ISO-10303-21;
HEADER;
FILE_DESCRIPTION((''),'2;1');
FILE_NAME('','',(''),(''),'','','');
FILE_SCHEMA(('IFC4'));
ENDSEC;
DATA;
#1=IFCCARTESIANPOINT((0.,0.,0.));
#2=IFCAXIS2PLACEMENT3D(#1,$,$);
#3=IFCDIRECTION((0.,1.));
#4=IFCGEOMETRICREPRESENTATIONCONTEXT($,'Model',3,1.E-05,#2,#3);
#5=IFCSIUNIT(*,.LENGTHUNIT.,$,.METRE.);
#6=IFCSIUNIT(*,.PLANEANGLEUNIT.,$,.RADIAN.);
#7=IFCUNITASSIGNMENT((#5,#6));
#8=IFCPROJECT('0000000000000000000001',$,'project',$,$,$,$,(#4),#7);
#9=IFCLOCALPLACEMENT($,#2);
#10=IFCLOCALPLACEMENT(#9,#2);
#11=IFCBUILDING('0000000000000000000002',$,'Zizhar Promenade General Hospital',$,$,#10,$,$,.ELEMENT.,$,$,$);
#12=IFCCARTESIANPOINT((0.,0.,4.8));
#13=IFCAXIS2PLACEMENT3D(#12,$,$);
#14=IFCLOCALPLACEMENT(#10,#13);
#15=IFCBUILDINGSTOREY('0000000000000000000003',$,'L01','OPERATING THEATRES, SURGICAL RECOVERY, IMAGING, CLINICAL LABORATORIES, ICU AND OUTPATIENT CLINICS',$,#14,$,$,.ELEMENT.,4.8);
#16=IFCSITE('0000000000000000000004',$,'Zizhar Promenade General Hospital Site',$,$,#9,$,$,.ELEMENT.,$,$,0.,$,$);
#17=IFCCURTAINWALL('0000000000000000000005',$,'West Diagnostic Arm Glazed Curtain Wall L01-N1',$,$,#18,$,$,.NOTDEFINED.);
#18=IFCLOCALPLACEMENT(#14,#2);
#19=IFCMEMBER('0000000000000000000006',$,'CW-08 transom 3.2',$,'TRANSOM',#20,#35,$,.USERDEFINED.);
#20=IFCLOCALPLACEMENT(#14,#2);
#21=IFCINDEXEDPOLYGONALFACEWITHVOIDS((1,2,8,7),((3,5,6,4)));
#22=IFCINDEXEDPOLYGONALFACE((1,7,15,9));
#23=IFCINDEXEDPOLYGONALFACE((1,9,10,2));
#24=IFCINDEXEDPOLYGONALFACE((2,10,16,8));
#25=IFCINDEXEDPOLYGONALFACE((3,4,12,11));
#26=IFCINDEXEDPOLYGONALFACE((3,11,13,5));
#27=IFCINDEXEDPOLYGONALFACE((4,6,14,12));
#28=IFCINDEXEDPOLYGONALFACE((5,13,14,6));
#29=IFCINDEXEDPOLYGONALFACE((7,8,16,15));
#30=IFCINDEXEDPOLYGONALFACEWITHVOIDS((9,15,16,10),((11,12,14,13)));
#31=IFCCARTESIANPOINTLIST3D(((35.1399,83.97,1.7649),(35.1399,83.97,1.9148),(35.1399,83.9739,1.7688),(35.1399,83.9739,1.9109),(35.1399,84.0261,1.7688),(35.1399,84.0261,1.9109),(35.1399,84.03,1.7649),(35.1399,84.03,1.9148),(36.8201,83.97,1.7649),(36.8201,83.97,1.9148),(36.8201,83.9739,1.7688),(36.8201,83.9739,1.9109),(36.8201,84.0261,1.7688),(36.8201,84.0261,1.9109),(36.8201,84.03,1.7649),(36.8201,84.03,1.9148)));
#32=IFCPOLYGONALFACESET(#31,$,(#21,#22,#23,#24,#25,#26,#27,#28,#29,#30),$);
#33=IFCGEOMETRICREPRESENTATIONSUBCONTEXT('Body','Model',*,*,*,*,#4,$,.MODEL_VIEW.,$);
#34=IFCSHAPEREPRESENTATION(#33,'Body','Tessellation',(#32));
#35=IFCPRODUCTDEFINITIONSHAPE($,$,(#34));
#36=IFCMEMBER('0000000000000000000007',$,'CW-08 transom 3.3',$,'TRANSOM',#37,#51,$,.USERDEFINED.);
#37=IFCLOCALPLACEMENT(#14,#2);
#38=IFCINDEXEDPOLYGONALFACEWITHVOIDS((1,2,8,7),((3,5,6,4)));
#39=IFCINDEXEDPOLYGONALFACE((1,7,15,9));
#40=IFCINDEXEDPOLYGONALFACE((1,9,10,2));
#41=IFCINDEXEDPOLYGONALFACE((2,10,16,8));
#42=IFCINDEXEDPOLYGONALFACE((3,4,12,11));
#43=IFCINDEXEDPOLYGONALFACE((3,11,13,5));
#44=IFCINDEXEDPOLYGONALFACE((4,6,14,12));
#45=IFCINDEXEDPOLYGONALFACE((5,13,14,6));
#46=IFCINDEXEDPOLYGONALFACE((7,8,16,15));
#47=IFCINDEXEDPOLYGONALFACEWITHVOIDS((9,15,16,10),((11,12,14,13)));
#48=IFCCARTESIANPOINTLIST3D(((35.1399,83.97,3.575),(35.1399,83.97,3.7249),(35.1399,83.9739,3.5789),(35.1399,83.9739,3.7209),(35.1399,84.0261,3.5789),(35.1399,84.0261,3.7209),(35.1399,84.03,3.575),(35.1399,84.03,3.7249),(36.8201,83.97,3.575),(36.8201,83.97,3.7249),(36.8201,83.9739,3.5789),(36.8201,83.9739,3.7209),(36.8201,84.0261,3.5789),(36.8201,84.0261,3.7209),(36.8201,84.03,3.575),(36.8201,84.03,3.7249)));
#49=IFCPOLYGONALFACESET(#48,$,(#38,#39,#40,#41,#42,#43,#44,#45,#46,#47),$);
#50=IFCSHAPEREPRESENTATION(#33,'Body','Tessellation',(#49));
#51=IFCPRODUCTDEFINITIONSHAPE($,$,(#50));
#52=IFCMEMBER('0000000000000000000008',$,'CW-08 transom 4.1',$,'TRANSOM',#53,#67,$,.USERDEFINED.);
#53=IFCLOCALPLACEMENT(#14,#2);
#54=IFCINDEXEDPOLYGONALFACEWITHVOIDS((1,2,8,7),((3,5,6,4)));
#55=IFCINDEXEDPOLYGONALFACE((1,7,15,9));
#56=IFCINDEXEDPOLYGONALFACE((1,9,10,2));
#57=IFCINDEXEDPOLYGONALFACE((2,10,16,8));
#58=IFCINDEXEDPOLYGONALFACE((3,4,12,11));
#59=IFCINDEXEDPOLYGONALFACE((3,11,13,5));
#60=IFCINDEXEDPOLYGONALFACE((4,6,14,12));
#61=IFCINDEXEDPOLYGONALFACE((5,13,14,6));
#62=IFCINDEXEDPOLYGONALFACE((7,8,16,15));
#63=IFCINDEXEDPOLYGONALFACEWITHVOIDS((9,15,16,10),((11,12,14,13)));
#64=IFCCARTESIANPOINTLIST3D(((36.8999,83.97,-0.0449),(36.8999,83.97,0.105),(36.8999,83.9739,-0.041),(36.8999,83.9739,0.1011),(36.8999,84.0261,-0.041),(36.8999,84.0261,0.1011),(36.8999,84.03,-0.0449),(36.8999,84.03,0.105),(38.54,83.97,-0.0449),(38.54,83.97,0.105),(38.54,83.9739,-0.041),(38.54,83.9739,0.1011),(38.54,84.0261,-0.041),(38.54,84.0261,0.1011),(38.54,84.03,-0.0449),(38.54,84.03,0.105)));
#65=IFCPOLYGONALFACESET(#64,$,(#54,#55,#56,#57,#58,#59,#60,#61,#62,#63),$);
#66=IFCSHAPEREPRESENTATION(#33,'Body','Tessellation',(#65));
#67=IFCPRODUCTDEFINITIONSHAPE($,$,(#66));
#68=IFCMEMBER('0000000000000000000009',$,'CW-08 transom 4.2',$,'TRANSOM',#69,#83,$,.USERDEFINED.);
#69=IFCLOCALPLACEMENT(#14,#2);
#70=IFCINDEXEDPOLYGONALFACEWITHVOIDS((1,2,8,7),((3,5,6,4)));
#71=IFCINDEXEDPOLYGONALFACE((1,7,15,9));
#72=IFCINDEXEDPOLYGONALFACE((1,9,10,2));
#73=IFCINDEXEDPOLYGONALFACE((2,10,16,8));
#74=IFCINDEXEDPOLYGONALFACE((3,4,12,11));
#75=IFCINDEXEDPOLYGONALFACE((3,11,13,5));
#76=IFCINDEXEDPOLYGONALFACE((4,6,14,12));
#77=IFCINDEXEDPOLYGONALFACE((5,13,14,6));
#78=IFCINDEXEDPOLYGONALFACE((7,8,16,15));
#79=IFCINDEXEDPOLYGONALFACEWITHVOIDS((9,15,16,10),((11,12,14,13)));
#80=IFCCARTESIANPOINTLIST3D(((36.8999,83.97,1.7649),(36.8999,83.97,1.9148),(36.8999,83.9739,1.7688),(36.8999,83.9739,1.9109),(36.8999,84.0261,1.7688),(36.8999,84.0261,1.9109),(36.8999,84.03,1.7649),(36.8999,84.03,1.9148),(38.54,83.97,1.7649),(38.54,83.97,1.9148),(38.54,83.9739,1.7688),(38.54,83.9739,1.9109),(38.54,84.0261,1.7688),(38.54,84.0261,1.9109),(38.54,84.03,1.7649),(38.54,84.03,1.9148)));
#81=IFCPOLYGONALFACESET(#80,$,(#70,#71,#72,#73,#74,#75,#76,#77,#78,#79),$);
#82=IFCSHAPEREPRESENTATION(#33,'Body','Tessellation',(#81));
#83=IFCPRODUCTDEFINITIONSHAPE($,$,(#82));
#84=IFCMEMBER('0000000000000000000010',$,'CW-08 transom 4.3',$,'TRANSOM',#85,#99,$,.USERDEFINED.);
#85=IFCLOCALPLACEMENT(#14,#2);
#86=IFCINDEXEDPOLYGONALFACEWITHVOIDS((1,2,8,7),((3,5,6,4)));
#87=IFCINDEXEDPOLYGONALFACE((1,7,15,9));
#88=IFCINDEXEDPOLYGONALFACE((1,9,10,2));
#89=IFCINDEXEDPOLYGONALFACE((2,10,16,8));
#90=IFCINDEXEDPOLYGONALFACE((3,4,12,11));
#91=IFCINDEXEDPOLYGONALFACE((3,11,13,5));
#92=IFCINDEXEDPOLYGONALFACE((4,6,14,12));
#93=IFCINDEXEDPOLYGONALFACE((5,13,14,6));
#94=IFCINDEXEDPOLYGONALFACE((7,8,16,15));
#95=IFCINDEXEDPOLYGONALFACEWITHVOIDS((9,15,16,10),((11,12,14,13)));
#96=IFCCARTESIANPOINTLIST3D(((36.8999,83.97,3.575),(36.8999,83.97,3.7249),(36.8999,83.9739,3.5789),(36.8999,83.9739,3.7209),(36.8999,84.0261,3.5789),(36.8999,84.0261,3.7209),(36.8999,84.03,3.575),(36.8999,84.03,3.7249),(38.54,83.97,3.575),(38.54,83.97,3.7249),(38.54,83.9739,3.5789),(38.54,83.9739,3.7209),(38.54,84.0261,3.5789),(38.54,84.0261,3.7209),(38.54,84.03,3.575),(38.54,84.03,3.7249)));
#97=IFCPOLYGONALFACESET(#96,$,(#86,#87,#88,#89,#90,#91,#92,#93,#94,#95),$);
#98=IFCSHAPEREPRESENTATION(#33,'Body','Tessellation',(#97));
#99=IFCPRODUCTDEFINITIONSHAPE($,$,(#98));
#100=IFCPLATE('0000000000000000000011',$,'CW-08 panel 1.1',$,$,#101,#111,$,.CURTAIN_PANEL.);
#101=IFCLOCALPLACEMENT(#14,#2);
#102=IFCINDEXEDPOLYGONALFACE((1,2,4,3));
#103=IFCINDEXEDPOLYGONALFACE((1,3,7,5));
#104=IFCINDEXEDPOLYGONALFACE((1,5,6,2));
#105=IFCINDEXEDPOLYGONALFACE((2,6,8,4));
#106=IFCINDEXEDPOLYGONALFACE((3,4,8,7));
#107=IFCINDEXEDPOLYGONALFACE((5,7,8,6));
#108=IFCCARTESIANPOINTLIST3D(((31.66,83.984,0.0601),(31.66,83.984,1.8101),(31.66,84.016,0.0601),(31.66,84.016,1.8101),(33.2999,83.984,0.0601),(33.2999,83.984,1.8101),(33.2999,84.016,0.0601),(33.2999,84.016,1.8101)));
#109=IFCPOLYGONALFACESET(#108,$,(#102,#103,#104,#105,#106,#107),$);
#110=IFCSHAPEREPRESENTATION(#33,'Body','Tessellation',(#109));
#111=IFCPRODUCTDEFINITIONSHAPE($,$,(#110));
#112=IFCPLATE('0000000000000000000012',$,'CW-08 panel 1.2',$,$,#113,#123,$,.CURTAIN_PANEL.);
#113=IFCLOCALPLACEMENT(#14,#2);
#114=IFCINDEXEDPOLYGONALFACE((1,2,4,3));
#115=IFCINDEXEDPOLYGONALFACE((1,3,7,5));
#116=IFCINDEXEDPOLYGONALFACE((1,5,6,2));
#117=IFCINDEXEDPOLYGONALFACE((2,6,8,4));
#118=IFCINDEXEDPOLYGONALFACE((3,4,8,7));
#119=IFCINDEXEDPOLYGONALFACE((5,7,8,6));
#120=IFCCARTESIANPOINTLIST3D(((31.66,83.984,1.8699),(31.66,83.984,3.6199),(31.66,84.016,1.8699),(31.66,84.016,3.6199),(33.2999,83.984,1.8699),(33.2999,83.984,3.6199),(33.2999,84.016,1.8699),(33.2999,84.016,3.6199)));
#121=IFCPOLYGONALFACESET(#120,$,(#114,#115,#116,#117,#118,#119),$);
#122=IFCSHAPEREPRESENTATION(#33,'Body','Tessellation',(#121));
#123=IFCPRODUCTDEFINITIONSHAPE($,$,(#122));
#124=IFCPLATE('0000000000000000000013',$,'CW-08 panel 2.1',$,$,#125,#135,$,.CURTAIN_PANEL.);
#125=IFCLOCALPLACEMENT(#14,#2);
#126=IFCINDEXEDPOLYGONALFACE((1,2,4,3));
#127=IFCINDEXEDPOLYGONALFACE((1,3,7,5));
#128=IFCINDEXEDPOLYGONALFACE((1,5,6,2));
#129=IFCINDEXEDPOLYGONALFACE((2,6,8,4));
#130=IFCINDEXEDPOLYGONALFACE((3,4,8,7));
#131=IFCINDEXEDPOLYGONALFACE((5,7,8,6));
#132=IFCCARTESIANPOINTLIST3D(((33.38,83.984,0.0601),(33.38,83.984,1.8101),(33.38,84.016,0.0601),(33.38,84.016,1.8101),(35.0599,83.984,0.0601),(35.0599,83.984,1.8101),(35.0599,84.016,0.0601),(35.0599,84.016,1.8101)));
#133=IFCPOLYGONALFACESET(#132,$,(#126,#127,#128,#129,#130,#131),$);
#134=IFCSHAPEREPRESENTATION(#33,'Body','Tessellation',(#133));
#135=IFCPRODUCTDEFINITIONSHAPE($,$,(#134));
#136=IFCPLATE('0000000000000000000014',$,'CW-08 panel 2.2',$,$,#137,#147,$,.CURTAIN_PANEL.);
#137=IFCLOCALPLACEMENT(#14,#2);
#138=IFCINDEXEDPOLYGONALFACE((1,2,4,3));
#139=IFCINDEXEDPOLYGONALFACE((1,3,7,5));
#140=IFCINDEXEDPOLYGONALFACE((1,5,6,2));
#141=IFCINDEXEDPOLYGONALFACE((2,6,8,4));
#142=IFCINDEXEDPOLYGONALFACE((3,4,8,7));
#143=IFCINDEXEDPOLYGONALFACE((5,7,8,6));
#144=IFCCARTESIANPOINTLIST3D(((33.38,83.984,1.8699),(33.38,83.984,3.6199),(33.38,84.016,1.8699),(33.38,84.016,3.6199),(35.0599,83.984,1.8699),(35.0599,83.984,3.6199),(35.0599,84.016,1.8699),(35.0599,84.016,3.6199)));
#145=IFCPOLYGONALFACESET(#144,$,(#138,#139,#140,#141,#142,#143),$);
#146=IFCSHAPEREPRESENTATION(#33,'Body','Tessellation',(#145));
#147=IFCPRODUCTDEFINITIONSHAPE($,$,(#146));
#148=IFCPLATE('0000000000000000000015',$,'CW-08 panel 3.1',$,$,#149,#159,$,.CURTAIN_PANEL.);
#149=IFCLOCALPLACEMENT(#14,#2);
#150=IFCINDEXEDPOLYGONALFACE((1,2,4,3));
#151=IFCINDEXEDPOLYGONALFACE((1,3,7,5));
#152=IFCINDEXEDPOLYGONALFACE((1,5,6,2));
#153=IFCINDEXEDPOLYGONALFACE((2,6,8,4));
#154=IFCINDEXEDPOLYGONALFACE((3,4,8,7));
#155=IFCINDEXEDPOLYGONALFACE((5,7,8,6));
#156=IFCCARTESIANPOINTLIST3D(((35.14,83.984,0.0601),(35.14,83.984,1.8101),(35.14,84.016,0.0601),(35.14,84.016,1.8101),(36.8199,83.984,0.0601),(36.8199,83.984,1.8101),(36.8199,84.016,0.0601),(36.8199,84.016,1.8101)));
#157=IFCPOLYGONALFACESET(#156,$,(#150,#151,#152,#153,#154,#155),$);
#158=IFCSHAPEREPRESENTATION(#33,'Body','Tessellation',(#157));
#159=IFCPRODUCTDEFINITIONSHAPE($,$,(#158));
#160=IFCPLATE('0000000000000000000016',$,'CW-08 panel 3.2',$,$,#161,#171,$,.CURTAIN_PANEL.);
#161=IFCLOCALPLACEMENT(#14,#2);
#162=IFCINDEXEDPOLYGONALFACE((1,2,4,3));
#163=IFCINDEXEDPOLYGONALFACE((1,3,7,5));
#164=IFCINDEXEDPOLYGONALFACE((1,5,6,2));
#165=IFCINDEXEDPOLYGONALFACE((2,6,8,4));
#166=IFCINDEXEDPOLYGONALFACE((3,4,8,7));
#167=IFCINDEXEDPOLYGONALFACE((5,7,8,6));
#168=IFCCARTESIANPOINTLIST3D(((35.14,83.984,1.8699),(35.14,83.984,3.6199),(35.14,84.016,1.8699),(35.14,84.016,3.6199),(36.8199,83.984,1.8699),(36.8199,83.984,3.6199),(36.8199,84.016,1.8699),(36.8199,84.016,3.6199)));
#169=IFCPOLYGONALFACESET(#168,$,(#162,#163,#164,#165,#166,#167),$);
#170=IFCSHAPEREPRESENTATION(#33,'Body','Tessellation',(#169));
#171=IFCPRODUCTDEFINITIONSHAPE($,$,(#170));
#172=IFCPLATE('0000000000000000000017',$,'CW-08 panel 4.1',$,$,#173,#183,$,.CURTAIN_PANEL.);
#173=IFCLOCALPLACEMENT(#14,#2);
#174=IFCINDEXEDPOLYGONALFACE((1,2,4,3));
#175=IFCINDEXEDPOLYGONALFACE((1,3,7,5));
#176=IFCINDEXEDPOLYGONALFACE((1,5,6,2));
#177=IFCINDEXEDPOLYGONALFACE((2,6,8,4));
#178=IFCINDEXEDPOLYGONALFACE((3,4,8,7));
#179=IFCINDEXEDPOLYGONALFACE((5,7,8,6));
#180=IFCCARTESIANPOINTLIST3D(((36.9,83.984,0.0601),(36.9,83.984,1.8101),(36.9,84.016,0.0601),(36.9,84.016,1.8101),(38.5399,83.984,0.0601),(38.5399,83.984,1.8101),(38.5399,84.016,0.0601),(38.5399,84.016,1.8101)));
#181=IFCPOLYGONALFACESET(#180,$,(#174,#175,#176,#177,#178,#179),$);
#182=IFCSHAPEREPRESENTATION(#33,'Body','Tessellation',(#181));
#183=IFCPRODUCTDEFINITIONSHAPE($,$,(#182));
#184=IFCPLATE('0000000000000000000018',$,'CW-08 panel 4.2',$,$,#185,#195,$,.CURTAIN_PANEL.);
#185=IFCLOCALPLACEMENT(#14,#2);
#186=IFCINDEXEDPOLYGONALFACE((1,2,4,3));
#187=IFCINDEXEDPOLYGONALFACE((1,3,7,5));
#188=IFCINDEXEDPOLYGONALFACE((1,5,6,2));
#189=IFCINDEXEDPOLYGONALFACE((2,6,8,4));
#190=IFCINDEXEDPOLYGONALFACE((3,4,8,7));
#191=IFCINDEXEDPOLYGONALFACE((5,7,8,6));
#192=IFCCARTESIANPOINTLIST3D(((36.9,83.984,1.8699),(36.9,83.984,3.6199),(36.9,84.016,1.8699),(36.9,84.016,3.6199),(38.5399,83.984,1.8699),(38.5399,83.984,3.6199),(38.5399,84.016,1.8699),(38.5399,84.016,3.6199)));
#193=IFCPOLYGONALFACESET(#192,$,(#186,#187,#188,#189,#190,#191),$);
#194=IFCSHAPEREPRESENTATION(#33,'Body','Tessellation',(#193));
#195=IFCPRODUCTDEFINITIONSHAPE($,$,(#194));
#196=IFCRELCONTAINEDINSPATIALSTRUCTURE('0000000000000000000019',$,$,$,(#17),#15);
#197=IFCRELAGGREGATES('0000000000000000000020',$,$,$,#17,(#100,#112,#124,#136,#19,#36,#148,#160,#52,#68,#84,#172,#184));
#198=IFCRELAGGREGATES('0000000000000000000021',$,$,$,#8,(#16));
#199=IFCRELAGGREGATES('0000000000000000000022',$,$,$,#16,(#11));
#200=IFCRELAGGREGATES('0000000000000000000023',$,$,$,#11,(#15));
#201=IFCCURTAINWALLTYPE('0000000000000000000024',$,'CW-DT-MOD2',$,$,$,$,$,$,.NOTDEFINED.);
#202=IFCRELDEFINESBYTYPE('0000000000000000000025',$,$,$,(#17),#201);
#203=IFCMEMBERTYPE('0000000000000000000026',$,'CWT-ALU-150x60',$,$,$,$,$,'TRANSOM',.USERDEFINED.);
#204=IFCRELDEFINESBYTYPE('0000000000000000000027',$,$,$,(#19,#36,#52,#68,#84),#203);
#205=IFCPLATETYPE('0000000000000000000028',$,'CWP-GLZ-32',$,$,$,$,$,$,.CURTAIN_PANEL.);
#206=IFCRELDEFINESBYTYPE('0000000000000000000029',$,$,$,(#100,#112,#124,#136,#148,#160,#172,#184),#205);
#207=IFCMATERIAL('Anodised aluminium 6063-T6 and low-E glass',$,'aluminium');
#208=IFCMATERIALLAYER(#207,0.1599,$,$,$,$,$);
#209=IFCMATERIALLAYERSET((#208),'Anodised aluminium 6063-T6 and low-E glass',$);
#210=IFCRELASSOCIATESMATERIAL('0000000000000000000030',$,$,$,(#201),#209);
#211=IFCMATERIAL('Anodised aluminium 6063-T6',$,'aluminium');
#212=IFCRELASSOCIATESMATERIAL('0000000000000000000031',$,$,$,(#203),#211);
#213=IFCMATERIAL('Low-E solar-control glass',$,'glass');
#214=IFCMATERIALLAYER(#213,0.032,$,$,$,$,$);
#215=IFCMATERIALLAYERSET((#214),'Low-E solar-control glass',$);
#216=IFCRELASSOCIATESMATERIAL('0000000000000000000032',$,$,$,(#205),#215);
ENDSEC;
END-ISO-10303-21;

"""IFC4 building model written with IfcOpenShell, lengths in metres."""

from ifc_helpers import new_model, si_unit, direction, frame, origin, origin_2d, place, context, subcontext, project, spatial, rectangle, hollow_rectangle, extrude, material, layer, layer_set, material_profile, profile_set, type_object, element, aggregate, save


model = new_model("IFC4")

# Units and contexts
model_context = context("Model", 3, precision=1e-05, world=origin(), true_north=direction((0.0, 1.0)))
body_context = subcontext(model_context, "Body", "Model", "MODEL_VIEW")
ifc_project = project(units=[si_unit("LENGTHUNIT", "METRE"), si_unit("PLANEANGLEUNIT", "RADIAN")], contexts=[model_context])

# Site, building, storey
site_placement = place(None, origin())
site = spatial("IfcSite", under=ifc_project, at=site_placement, Name="Zizhar Promenade General Hospital Site", CompositionType="ELEMENT", RefElevation=0.0)
building_placement = place(site_placement, origin())
building = spatial("IfcBuilding", under=site, at=building_placement, Name="Zizhar Promenade General Hospital", CompositionType="ELEMENT")
storey_placement = place(building_placement, frame((0.0, 0.0, 4.8)))
storey = spatial("IfcBuildingStorey", under=building, at=storey_placement, Name="L01", Description="OPERATING THEATRES, SURGICAL RECOVERY, IMAGING, CLINICAL LABORATORIES, ICU AND OUTPATIENT CLINICS", CompositionType="ELEMENT", Elevation=4.8)

# Curtain wall, members, plates
ifc_material_1 = material(Name="Anodised aluminium 6063-T6 and low-E glass", Category="aluminium")
ifc_layer_1 = layer(ifc_material_1, 0.1599)
ifc_layer_set_1 = layer_set([ifc_layer_1], Name="Anodised aluminium 6063-T6 and low-E glass")
curtain_wall_type = type_object("IfcCurtainWallType", Name="CW-DT-MOD2", PredefinedType="NOTDEFINED", material=ifc_layer_set_1)
curtain_wall_placement = place(storey_placement, origin())
curtain_wall = element("IfcCurtainWall", 1, at=curtain_wall_placement, inside=storey, type_object=curtain_wall_type, Name="West Diagnostic Arm Glazed Curtain Wall L01-N1", PredefinedType="NOTDEFINED")
ifc_material_2 = material(Name="Anodised aluminium 6063-T6", Category="aluminium")
ifc_material_profile_1 = material_profile(ifc_material_2, hollow_rectangle(XDim=0.0601, YDim=0.1499, WallThickness=0.0039, at=origin_2d()))
ifc_profile_set_1 = profile_set([ifc_material_profile_1], Name="Anodised aluminium 6063-T6")
member_type_1 = type_object("IfcMemberType", Name="CWT-ALU-150x60", ElementType="TRANSOM", PredefinedType="USERDEFINED", material=ifc_profile_set_1)
member_1_placement = place(storey_placement, frame((35.1399, 84.0, 1.8398), z_axis=(1.0, 0.0, 0.0), x_axis=(0.0, 1.0, 0.0)))
member_1 = element("IfcMember", 2, at=member_1_placement, type_object=member_type_1, Name="CW-08 transom 3.2", ObjectType="TRANSOM", PredefinedType="USERDEFINED", context=body_context, shape_type="SweptSolid", body=[
    extrude(hollow_rectangle(XDim=0.0601, YDim=0.1499, WallThickness=0.0039, at=origin_2d()), origin(), (0.0, 0.0, 1.0), 1.6802),
])
member_2_placement = place(storey_placement, frame((35.1399, 84.0, 3.6499), z_axis=(1.0, 0.0, 0.0), x_axis=(0.0, 1.0, 0.0)))
member_2 = element("IfcMember", 3, at=member_2_placement, type_object=member_type_1, Name="CW-08 transom 3.3", ObjectType="TRANSOM", PredefinedType="USERDEFINED", context=body_context, shape_type="SweptSolid", body=[
    extrude(hollow_rectangle(XDim=0.0601, YDim=0.1499, WallThickness=0.0039, at=origin_2d()), origin(), (0.0, 0.0, 1.0), 1.6802),
])
member_3_placement = place(storey_placement, frame((36.8999, 84.0, 0.03), z_axis=(1.0, 0.0, 0.0), x_axis=(0.0, 1.0, 0.0)))
member_3 = element("IfcMember", 4, at=member_3_placement, type_object=member_type_1, Name="CW-08 transom 4.1", ObjectType="TRANSOM", PredefinedType="USERDEFINED", context=body_context, shape_type="SweptSolid", body=[
    extrude(hollow_rectangle(XDim=0.0601, YDim=0.1499, WallThickness=0.0039, at=origin_2d()), origin(), (0.0, 0.0, 1.0), 1.6401),
])
member_4_placement = place(storey_placement, frame((36.8999, 84.0, 1.8398), z_axis=(1.0, 0.0, 0.0), x_axis=(0.0, 1.0, 0.0)))
member_4 = element("IfcMember", 5, at=member_4_placement, type_object=member_type_1, Name="CW-08 transom 4.2", ObjectType="TRANSOM", PredefinedType="USERDEFINED", context=body_context, shape_type="SweptSolid", body=[
    extrude(hollow_rectangle(XDim=0.0601, YDim=0.1499, WallThickness=0.0039, at=origin_2d()), origin(), (0.0, 0.0, 1.0), 1.6401),
])
member_5_placement = place(storey_placement, frame((36.8999, 84.0, 3.6499), z_axis=(1.0, 0.0, 0.0), x_axis=(0.0, 1.0, 0.0)))
member_5 = element("IfcMember", 6, at=member_5_placement, type_object=member_type_1, Name="CW-08 transom 4.3", ObjectType="TRANSOM", PredefinedType="USERDEFINED", context=body_context, shape_type="SweptSolid", body=[
    extrude(hollow_rectangle(XDim=0.0601, YDim=0.1499, WallThickness=0.0039, at=origin_2d()), origin(), (0.0, 0.0, 1.0), 1.6401),
])
ifc_material_3 = material(Name="Low-E solar-control glass", Category="glass")
ifc_layer_2 = layer(ifc_material_3, 0.032)
ifc_layer_set_2 = layer_set([ifc_layer_2], Name="Low-E solar-control glass")
plate_type = type_object("IfcPlateType", Name="CWP-GLZ-32", PredefinedType="CURTAIN_PANEL", material=ifc_layer_set_2)
plate_1_placement = place(storey_placement, frame((32.48, 84.0, 0.0601), z_axis=(0.0, 0.0, 1.0), x_axis=(1.0, 0.0, 0.0)))
plate_1 = element("IfcPlate", 7, at=plate_1_placement, type_object=plate_type, Name="CW-08 panel 1.1", PredefinedType="CURTAIN_PANEL", context=body_context, shape_type="SweptSolid", body=[
    extrude(rectangle(XDim=1.6399, YDim=0.032, at=origin_2d()), origin(), (0.0, 0.0, 1.0), 1.75),
])
plate_2_placement = place(storey_placement, frame((32.48, 84.0, 1.8699), z_axis=(0.0, 0.0, 1.0), x_axis=(1.0, 0.0, 0.0)))
plate_2 = element("IfcPlate", 8, at=plate_2_placement, type_object=plate_type, Name="CW-08 panel 1.2", PredefinedType="CURTAIN_PANEL", context=body_context, shape_type="SweptSolid", body=[
    extrude(rectangle(XDim=1.6399, YDim=0.032, at=origin_2d()), origin(), (0.0, 0.0, 1.0), 1.75),
])
plate_3_placement = place(storey_placement, frame((34.22, 84.0, 0.0601), z_axis=(0.0, 0.0, 1.0), x_axis=(1.0, 0.0, 0.0)))
plate_3 = element("IfcPlate", 9, at=plate_3_placement, type_object=plate_type, Name="CW-08 panel 2.1", PredefinedType="CURTAIN_PANEL", context=body_context, shape_type="SweptSolid", body=[
    extrude(rectangle(XDim=1.6799, YDim=0.032, at=origin_2d()), origin(), (0.0, 0.0, 1.0), 1.75),
])
plate_4_placement = place(storey_placement, frame((34.22, 84.0, 1.8699), z_axis=(0.0, 0.0, 1.0), x_axis=(1.0, 0.0, 0.0)))
plate_4 = element("IfcPlate", 10, at=plate_4_placement, type_object=plate_type, Name="CW-08 panel 2.2", PredefinedType="CURTAIN_PANEL", context=body_context, shape_type="SweptSolid", body=[
    extrude(rectangle(XDim=1.6799, YDim=0.032, at=origin_2d()), origin(), (0.0, 0.0, 1.0), 1.75),
])
plate_5_placement = place(storey_placement, frame((35.98, 84.0, 0.0601), z_axis=(0.0, 0.0, 1.0), x_axis=(1.0, 0.0, 0.0)))
plate_5 = element("IfcPlate", 11, at=plate_5_placement, type_object=plate_type, Name="CW-08 panel 3.1", PredefinedType="CURTAIN_PANEL", context=body_context, shape_type="SweptSolid", body=[
    extrude(rectangle(XDim=1.6799, YDim=0.032, at=origin_2d()), origin(), (0.0, 0.0, 1.0), 1.75),
])
plate_6_placement = place(storey_placement, frame((35.98, 84.0, 1.8699), z_axis=(0.0, 0.0, 1.0), x_axis=(1.0, 0.0, 0.0)))
plate_6 = element("IfcPlate", 12, at=plate_6_placement, type_object=plate_type, Name="CW-08 panel 3.2", PredefinedType="CURTAIN_PANEL", context=body_context, shape_type="SweptSolid", body=[
    extrude(rectangle(XDim=1.6799, YDim=0.032, at=origin_2d()), origin(), (0.0, 0.0, 1.0), 1.75),
])
plate_7_placement = place(storey_placement, frame((37.72, 84.0, 0.0601), z_axis=(0.0, 0.0, 1.0), x_axis=(1.0, 0.0, 0.0)))
plate_7 = element("IfcPlate", 13, at=plate_7_placement, type_object=plate_type, Name="CW-08 panel 4.1", PredefinedType="CURTAIN_PANEL", context=body_context, shape_type="SweptSolid", body=[
    extrude(rectangle(XDim=1.6399, YDim=0.032, at=origin_2d()), origin(), (0.0, 0.0, 1.0), 1.75),
])
plate_8_placement = place(storey_placement, frame((37.72, 84.0, 1.8699), z_axis=(0.0, 0.0, 1.0), x_axis=(1.0, 0.0, 0.0)))
plate_8 = element("IfcPlate", 14, at=plate_8_placement, type_object=plate_type, Name="CW-08 panel 4.2", PredefinedType="CURTAIN_PANEL", context=body_context, shape_type="SweptSolid", body=[
    extrude(rectangle(XDim=1.6399, YDim=0.032, at=origin_2d()), origin(), (0.0, 0.0, 1.0), 1.75),
])
aggregate(curtain_wall, [plate_1, plate_2, plate_3, plate_4, member_1, member_2, plate_5, plate_6, member_3, member_4, member_5, plate_7, plate_8])

save(model, "model.ifc")
